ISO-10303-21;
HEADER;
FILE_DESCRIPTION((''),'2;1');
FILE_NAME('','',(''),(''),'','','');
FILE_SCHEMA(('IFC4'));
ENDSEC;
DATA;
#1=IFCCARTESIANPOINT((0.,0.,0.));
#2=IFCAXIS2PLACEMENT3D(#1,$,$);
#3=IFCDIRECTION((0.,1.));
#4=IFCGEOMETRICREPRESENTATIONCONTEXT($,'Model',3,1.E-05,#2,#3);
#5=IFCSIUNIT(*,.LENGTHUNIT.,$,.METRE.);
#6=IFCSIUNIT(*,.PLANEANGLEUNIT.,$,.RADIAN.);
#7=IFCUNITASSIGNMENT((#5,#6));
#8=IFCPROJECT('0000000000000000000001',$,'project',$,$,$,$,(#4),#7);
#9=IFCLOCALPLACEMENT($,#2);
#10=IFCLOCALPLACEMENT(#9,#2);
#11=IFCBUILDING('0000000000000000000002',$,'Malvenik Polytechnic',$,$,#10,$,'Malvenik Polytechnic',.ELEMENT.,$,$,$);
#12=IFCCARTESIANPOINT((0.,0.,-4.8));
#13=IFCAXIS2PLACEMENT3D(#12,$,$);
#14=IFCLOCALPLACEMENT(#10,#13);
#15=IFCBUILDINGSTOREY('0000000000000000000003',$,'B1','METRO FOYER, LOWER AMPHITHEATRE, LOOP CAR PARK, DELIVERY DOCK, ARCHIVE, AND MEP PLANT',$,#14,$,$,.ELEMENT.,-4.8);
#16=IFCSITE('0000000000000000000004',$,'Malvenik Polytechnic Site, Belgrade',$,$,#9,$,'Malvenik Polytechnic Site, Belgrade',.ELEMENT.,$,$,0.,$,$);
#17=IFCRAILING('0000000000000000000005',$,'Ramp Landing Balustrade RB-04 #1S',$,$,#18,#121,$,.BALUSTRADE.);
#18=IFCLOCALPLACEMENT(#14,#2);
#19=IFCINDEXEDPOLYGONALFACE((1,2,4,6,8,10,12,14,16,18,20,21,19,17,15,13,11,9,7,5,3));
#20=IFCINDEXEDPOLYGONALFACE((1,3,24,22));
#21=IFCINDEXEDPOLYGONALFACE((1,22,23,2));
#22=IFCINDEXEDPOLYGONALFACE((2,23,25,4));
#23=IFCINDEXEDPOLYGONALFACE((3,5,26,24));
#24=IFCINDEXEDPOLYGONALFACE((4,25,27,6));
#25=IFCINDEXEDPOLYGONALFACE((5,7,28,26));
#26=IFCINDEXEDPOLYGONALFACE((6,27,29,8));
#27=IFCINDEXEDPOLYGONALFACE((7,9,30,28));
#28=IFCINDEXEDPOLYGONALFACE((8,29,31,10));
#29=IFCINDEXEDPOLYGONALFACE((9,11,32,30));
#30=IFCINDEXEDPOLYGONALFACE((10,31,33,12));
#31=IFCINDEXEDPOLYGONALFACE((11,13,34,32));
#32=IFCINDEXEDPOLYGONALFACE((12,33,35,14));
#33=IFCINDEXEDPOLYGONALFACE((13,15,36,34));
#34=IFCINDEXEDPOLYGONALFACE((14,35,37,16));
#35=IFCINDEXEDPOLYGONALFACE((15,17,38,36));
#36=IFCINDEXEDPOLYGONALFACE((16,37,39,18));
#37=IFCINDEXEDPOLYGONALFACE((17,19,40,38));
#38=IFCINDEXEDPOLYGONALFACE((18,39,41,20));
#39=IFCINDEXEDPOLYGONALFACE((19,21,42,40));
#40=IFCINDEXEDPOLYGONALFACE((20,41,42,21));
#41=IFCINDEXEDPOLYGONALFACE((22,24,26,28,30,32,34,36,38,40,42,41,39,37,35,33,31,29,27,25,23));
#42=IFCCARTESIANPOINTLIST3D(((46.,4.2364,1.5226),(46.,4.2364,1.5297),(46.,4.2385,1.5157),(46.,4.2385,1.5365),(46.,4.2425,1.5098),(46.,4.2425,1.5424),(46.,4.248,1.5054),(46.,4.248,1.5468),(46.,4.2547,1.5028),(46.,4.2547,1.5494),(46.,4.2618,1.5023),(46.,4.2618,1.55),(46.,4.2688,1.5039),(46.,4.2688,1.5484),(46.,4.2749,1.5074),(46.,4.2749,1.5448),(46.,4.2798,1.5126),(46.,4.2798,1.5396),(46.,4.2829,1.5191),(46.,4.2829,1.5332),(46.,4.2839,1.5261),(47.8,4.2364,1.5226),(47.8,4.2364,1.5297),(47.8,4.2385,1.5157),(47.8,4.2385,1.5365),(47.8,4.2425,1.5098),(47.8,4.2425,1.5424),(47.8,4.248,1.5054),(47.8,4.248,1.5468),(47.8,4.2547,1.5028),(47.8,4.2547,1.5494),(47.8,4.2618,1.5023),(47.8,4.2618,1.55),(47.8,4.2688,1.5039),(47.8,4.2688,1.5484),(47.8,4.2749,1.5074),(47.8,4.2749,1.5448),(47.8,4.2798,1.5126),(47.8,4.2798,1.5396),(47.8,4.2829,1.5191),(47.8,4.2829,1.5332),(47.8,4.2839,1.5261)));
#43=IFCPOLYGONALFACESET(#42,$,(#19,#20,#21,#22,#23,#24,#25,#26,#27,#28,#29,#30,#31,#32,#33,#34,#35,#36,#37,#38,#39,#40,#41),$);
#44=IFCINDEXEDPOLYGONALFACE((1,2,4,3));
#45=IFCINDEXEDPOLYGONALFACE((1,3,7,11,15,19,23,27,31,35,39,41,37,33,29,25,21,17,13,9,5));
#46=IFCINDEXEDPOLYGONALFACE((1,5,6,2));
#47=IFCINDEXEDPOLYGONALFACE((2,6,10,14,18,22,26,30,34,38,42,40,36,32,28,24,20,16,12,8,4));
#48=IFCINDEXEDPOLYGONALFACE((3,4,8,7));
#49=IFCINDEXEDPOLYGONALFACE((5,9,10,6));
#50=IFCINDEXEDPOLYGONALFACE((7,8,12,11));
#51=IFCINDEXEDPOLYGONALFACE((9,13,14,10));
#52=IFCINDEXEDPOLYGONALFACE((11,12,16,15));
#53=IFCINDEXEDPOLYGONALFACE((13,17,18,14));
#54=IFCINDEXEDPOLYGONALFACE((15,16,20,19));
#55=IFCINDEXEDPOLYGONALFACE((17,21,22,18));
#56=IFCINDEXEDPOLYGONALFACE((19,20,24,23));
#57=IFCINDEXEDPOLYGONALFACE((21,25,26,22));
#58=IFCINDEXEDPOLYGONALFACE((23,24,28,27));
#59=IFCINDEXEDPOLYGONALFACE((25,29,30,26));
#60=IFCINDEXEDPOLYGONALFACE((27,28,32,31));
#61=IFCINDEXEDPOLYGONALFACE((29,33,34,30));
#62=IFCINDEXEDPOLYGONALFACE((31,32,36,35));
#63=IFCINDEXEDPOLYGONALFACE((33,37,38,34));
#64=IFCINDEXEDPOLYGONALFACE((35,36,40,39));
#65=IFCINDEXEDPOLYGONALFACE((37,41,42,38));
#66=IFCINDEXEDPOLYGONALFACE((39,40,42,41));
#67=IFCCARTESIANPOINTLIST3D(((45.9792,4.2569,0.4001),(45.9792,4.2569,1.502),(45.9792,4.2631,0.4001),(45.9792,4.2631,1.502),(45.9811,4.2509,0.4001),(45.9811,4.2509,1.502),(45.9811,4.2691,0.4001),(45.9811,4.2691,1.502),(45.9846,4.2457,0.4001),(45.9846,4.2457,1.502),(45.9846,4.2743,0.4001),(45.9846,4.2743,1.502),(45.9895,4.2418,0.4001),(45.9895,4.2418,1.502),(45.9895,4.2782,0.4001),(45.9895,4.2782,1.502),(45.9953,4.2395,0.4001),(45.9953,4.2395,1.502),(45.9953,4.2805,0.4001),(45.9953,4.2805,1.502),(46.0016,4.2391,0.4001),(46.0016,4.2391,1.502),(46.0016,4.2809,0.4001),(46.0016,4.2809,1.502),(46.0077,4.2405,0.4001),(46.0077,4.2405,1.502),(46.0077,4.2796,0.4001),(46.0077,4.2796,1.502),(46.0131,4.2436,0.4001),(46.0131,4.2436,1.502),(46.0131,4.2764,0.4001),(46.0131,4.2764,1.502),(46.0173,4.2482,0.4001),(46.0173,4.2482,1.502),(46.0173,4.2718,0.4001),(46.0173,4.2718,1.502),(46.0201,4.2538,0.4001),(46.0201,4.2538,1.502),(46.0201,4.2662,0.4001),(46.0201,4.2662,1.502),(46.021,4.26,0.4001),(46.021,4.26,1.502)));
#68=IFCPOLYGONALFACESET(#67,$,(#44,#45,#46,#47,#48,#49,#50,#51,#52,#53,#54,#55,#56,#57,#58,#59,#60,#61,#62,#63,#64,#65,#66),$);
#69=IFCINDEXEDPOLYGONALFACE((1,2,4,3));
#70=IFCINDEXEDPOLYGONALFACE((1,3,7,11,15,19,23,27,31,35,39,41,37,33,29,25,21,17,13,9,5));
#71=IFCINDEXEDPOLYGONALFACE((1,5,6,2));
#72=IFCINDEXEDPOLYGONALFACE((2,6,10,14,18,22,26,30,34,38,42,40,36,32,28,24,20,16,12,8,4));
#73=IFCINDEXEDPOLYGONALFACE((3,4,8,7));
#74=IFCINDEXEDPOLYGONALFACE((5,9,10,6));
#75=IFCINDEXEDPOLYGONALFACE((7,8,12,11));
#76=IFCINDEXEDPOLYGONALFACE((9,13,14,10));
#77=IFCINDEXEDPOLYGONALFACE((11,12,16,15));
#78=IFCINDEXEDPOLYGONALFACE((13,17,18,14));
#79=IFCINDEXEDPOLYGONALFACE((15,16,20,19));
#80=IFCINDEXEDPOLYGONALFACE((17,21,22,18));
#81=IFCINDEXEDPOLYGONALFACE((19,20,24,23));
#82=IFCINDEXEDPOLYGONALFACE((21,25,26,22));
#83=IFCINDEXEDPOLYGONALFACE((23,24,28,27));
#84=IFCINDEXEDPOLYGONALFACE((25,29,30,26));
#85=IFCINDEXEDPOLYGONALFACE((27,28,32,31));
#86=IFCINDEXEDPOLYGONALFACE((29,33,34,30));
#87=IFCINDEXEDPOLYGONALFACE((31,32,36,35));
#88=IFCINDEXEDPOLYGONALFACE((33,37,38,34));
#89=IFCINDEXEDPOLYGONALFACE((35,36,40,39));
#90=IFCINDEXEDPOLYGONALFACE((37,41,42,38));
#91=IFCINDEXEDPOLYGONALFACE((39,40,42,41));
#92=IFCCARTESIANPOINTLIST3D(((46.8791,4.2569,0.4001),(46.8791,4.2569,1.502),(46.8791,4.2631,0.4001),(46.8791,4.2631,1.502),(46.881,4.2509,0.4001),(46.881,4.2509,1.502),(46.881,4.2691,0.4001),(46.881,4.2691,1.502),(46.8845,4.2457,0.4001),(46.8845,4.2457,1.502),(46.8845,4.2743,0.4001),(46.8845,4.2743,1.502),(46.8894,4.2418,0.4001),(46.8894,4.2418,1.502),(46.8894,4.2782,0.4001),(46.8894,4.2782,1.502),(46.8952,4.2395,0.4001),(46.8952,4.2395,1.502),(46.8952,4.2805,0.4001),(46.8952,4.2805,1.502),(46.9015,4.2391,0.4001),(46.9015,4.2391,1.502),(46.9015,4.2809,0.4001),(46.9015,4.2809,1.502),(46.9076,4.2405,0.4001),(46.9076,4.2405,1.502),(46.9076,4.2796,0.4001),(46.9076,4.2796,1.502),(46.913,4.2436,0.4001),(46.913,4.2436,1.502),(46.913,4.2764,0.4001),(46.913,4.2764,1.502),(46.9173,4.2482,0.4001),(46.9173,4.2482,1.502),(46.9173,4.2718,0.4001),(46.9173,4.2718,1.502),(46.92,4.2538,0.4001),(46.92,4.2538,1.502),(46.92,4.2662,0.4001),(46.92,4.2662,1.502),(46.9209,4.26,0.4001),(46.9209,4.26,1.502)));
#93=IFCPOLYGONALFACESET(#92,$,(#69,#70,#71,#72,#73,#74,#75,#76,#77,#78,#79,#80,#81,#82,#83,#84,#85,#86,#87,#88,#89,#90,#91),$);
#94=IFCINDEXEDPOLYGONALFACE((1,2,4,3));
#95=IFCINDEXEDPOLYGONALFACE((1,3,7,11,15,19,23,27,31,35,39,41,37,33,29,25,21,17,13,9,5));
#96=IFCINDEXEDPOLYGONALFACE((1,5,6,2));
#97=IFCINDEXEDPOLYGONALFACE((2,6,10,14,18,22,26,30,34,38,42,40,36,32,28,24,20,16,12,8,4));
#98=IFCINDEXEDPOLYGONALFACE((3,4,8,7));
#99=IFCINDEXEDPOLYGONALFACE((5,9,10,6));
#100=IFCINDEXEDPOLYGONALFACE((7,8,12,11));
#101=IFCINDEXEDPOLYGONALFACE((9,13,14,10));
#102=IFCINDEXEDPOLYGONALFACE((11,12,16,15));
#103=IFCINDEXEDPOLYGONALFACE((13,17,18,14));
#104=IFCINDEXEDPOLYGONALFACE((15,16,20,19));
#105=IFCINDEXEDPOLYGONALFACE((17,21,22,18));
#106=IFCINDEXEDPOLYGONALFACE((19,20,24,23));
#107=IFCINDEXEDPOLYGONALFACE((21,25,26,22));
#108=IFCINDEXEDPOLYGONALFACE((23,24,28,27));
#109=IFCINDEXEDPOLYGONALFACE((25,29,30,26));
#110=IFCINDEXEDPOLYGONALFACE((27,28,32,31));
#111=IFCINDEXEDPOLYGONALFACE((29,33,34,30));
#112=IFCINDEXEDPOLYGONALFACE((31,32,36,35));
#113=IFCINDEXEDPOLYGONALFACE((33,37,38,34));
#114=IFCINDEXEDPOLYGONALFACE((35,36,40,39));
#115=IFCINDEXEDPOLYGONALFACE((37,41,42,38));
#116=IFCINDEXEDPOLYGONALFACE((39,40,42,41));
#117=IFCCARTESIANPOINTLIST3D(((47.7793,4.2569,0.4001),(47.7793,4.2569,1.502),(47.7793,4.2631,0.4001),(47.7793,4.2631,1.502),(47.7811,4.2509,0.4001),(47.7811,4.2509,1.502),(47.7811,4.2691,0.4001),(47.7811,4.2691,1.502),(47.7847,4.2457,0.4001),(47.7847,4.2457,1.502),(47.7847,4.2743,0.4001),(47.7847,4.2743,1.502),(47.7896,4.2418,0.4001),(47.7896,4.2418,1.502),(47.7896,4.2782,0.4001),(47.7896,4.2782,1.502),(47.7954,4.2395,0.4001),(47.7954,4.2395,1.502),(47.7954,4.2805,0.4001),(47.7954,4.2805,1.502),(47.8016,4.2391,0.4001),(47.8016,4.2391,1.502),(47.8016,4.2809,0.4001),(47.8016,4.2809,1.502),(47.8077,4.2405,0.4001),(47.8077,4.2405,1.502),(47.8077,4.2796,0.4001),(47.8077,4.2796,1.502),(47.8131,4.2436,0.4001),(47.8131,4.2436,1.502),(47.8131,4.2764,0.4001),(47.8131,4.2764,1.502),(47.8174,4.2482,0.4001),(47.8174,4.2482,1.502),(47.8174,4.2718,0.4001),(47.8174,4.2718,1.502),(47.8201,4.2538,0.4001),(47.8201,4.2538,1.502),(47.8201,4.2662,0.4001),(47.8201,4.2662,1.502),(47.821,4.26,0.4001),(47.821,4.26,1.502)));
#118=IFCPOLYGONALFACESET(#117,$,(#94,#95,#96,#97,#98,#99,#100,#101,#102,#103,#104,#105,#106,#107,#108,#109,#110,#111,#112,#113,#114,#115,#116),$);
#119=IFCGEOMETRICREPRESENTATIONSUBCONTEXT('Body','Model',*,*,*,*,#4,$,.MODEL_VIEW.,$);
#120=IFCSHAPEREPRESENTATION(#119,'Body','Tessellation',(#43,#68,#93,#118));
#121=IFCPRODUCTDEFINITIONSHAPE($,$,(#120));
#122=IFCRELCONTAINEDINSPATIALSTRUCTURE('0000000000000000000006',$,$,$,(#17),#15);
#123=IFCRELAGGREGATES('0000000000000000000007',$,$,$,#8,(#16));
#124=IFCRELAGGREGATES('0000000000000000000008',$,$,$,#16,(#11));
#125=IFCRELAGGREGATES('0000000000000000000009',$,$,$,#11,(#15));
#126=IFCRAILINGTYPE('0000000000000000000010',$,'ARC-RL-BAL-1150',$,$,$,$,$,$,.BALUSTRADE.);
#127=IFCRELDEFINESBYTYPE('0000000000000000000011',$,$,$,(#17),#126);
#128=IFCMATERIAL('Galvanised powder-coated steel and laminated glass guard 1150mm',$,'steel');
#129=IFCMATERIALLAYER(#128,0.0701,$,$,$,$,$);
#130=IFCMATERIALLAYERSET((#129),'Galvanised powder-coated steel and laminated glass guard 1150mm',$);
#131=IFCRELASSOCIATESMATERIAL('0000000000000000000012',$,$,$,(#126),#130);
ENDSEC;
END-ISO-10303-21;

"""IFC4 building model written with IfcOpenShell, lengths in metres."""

from ifc_helpers import new_model, si_unit, direction, frame, origin, origin_2d, place, context, subcontext, project, spatial, circle, extrude, material, layer, layer_set, type_object, element, save


model = new_model("IFC4")

# Units and contexts
model_context = context("Model", 3, precision=1e-05, world=origin(), true_north=direction((0.0, 1.0)))
body_context = subcontext(model_context, "Body", "Model", "MODEL_VIEW")
ifc_project = project(units=[si_unit("LENGTHUNIT", "METRE"), si_unit("PLANEANGLEUNIT", "RADIAN")], contexts=[model_context])

# Site, building, storey
site_placement = place(None, origin())
site = spatial("IfcSite", under=ifc_project, at=site_placement, Name="Malvenik Polytechnic Site, Belgrade", LongName="Malvenik Polytechnic Site, Belgrade", CompositionType="ELEMENT", RefElevation=0.0)
building_placement = place(site_placement, origin())
building = spatial("IfcBuilding", under=site, at=building_placement, Name="Malvenik Polytechnic", LongName="Malvenik Polytechnic", CompositionType="ELEMENT")
storey_placement = place(building_placement, frame((0.0, 0.0, -4.8)))
storey = spatial("IfcBuildingStorey", under=building, at=storey_placement, Name="B1", Description="METRO FOYER, LOWER AMPHITHEATRE, LOOP CAR PARK, DELIVERY DOCK, ARCHIVE, AND MEP PLANT", CompositionType="ELEMENT", Elevation=-4.8)

# Railing
ifc_material_1 = material(Name="Galvanised powder-coated steel and laminated glass guard 1150mm", Category="steel")
ifc_layer_1 = layer(ifc_material_1, 0.0701)
ifc_layer_set_1 = layer_set([ifc_layer_1], Name="Galvanised powder-coated steel and laminated glass guard 1150mm")
railing_type_1 = type_object("IfcRailingType", Name="ARC-RL-BAL-1150", PredefinedType="BALUSTRADE", material=ifc_layer_set_1)
for number, where, name in (
    (1, (46.0, 4.26, 0.4001), "Ramp Landing Balustrade RB-04 #1S"),
):
    element("IfcRailing", number, at=place(storey_placement, frame(where)), inside=storey, type_object=railing_type_1, Name=name, PredefinedType="BALUSTRADE", context=body_context, shape_type="SweptSolid", body=[
        extrude(circle(Radius=0.0239, at=origin_2d()), frame((0.0, 0.0, 1.126), z_axis=(1.0, 0.0, 0.0), x_axis=(0.0, 1.0, 0.0)), (0.0, 0.0, 1.0), 1.8),
        extrude(circle(Radius=0.021, at=origin_2d()), origin(), (0.0, 0.0, 1.0), 1.1018),
        extrude(circle(Radius=0.021, at=origin_2d()), frame((0.8999, 0.0, 0.0)), (0.0, 0.0, 1.0), 1.1018),
        extrude(circle(Radius=0.021, at=origin_2d()), frame((1.8, 0.0, 0.0)), (0.0, 0.0, 1.0), 1.1018),
    ])

save(model, "model.ifc")
